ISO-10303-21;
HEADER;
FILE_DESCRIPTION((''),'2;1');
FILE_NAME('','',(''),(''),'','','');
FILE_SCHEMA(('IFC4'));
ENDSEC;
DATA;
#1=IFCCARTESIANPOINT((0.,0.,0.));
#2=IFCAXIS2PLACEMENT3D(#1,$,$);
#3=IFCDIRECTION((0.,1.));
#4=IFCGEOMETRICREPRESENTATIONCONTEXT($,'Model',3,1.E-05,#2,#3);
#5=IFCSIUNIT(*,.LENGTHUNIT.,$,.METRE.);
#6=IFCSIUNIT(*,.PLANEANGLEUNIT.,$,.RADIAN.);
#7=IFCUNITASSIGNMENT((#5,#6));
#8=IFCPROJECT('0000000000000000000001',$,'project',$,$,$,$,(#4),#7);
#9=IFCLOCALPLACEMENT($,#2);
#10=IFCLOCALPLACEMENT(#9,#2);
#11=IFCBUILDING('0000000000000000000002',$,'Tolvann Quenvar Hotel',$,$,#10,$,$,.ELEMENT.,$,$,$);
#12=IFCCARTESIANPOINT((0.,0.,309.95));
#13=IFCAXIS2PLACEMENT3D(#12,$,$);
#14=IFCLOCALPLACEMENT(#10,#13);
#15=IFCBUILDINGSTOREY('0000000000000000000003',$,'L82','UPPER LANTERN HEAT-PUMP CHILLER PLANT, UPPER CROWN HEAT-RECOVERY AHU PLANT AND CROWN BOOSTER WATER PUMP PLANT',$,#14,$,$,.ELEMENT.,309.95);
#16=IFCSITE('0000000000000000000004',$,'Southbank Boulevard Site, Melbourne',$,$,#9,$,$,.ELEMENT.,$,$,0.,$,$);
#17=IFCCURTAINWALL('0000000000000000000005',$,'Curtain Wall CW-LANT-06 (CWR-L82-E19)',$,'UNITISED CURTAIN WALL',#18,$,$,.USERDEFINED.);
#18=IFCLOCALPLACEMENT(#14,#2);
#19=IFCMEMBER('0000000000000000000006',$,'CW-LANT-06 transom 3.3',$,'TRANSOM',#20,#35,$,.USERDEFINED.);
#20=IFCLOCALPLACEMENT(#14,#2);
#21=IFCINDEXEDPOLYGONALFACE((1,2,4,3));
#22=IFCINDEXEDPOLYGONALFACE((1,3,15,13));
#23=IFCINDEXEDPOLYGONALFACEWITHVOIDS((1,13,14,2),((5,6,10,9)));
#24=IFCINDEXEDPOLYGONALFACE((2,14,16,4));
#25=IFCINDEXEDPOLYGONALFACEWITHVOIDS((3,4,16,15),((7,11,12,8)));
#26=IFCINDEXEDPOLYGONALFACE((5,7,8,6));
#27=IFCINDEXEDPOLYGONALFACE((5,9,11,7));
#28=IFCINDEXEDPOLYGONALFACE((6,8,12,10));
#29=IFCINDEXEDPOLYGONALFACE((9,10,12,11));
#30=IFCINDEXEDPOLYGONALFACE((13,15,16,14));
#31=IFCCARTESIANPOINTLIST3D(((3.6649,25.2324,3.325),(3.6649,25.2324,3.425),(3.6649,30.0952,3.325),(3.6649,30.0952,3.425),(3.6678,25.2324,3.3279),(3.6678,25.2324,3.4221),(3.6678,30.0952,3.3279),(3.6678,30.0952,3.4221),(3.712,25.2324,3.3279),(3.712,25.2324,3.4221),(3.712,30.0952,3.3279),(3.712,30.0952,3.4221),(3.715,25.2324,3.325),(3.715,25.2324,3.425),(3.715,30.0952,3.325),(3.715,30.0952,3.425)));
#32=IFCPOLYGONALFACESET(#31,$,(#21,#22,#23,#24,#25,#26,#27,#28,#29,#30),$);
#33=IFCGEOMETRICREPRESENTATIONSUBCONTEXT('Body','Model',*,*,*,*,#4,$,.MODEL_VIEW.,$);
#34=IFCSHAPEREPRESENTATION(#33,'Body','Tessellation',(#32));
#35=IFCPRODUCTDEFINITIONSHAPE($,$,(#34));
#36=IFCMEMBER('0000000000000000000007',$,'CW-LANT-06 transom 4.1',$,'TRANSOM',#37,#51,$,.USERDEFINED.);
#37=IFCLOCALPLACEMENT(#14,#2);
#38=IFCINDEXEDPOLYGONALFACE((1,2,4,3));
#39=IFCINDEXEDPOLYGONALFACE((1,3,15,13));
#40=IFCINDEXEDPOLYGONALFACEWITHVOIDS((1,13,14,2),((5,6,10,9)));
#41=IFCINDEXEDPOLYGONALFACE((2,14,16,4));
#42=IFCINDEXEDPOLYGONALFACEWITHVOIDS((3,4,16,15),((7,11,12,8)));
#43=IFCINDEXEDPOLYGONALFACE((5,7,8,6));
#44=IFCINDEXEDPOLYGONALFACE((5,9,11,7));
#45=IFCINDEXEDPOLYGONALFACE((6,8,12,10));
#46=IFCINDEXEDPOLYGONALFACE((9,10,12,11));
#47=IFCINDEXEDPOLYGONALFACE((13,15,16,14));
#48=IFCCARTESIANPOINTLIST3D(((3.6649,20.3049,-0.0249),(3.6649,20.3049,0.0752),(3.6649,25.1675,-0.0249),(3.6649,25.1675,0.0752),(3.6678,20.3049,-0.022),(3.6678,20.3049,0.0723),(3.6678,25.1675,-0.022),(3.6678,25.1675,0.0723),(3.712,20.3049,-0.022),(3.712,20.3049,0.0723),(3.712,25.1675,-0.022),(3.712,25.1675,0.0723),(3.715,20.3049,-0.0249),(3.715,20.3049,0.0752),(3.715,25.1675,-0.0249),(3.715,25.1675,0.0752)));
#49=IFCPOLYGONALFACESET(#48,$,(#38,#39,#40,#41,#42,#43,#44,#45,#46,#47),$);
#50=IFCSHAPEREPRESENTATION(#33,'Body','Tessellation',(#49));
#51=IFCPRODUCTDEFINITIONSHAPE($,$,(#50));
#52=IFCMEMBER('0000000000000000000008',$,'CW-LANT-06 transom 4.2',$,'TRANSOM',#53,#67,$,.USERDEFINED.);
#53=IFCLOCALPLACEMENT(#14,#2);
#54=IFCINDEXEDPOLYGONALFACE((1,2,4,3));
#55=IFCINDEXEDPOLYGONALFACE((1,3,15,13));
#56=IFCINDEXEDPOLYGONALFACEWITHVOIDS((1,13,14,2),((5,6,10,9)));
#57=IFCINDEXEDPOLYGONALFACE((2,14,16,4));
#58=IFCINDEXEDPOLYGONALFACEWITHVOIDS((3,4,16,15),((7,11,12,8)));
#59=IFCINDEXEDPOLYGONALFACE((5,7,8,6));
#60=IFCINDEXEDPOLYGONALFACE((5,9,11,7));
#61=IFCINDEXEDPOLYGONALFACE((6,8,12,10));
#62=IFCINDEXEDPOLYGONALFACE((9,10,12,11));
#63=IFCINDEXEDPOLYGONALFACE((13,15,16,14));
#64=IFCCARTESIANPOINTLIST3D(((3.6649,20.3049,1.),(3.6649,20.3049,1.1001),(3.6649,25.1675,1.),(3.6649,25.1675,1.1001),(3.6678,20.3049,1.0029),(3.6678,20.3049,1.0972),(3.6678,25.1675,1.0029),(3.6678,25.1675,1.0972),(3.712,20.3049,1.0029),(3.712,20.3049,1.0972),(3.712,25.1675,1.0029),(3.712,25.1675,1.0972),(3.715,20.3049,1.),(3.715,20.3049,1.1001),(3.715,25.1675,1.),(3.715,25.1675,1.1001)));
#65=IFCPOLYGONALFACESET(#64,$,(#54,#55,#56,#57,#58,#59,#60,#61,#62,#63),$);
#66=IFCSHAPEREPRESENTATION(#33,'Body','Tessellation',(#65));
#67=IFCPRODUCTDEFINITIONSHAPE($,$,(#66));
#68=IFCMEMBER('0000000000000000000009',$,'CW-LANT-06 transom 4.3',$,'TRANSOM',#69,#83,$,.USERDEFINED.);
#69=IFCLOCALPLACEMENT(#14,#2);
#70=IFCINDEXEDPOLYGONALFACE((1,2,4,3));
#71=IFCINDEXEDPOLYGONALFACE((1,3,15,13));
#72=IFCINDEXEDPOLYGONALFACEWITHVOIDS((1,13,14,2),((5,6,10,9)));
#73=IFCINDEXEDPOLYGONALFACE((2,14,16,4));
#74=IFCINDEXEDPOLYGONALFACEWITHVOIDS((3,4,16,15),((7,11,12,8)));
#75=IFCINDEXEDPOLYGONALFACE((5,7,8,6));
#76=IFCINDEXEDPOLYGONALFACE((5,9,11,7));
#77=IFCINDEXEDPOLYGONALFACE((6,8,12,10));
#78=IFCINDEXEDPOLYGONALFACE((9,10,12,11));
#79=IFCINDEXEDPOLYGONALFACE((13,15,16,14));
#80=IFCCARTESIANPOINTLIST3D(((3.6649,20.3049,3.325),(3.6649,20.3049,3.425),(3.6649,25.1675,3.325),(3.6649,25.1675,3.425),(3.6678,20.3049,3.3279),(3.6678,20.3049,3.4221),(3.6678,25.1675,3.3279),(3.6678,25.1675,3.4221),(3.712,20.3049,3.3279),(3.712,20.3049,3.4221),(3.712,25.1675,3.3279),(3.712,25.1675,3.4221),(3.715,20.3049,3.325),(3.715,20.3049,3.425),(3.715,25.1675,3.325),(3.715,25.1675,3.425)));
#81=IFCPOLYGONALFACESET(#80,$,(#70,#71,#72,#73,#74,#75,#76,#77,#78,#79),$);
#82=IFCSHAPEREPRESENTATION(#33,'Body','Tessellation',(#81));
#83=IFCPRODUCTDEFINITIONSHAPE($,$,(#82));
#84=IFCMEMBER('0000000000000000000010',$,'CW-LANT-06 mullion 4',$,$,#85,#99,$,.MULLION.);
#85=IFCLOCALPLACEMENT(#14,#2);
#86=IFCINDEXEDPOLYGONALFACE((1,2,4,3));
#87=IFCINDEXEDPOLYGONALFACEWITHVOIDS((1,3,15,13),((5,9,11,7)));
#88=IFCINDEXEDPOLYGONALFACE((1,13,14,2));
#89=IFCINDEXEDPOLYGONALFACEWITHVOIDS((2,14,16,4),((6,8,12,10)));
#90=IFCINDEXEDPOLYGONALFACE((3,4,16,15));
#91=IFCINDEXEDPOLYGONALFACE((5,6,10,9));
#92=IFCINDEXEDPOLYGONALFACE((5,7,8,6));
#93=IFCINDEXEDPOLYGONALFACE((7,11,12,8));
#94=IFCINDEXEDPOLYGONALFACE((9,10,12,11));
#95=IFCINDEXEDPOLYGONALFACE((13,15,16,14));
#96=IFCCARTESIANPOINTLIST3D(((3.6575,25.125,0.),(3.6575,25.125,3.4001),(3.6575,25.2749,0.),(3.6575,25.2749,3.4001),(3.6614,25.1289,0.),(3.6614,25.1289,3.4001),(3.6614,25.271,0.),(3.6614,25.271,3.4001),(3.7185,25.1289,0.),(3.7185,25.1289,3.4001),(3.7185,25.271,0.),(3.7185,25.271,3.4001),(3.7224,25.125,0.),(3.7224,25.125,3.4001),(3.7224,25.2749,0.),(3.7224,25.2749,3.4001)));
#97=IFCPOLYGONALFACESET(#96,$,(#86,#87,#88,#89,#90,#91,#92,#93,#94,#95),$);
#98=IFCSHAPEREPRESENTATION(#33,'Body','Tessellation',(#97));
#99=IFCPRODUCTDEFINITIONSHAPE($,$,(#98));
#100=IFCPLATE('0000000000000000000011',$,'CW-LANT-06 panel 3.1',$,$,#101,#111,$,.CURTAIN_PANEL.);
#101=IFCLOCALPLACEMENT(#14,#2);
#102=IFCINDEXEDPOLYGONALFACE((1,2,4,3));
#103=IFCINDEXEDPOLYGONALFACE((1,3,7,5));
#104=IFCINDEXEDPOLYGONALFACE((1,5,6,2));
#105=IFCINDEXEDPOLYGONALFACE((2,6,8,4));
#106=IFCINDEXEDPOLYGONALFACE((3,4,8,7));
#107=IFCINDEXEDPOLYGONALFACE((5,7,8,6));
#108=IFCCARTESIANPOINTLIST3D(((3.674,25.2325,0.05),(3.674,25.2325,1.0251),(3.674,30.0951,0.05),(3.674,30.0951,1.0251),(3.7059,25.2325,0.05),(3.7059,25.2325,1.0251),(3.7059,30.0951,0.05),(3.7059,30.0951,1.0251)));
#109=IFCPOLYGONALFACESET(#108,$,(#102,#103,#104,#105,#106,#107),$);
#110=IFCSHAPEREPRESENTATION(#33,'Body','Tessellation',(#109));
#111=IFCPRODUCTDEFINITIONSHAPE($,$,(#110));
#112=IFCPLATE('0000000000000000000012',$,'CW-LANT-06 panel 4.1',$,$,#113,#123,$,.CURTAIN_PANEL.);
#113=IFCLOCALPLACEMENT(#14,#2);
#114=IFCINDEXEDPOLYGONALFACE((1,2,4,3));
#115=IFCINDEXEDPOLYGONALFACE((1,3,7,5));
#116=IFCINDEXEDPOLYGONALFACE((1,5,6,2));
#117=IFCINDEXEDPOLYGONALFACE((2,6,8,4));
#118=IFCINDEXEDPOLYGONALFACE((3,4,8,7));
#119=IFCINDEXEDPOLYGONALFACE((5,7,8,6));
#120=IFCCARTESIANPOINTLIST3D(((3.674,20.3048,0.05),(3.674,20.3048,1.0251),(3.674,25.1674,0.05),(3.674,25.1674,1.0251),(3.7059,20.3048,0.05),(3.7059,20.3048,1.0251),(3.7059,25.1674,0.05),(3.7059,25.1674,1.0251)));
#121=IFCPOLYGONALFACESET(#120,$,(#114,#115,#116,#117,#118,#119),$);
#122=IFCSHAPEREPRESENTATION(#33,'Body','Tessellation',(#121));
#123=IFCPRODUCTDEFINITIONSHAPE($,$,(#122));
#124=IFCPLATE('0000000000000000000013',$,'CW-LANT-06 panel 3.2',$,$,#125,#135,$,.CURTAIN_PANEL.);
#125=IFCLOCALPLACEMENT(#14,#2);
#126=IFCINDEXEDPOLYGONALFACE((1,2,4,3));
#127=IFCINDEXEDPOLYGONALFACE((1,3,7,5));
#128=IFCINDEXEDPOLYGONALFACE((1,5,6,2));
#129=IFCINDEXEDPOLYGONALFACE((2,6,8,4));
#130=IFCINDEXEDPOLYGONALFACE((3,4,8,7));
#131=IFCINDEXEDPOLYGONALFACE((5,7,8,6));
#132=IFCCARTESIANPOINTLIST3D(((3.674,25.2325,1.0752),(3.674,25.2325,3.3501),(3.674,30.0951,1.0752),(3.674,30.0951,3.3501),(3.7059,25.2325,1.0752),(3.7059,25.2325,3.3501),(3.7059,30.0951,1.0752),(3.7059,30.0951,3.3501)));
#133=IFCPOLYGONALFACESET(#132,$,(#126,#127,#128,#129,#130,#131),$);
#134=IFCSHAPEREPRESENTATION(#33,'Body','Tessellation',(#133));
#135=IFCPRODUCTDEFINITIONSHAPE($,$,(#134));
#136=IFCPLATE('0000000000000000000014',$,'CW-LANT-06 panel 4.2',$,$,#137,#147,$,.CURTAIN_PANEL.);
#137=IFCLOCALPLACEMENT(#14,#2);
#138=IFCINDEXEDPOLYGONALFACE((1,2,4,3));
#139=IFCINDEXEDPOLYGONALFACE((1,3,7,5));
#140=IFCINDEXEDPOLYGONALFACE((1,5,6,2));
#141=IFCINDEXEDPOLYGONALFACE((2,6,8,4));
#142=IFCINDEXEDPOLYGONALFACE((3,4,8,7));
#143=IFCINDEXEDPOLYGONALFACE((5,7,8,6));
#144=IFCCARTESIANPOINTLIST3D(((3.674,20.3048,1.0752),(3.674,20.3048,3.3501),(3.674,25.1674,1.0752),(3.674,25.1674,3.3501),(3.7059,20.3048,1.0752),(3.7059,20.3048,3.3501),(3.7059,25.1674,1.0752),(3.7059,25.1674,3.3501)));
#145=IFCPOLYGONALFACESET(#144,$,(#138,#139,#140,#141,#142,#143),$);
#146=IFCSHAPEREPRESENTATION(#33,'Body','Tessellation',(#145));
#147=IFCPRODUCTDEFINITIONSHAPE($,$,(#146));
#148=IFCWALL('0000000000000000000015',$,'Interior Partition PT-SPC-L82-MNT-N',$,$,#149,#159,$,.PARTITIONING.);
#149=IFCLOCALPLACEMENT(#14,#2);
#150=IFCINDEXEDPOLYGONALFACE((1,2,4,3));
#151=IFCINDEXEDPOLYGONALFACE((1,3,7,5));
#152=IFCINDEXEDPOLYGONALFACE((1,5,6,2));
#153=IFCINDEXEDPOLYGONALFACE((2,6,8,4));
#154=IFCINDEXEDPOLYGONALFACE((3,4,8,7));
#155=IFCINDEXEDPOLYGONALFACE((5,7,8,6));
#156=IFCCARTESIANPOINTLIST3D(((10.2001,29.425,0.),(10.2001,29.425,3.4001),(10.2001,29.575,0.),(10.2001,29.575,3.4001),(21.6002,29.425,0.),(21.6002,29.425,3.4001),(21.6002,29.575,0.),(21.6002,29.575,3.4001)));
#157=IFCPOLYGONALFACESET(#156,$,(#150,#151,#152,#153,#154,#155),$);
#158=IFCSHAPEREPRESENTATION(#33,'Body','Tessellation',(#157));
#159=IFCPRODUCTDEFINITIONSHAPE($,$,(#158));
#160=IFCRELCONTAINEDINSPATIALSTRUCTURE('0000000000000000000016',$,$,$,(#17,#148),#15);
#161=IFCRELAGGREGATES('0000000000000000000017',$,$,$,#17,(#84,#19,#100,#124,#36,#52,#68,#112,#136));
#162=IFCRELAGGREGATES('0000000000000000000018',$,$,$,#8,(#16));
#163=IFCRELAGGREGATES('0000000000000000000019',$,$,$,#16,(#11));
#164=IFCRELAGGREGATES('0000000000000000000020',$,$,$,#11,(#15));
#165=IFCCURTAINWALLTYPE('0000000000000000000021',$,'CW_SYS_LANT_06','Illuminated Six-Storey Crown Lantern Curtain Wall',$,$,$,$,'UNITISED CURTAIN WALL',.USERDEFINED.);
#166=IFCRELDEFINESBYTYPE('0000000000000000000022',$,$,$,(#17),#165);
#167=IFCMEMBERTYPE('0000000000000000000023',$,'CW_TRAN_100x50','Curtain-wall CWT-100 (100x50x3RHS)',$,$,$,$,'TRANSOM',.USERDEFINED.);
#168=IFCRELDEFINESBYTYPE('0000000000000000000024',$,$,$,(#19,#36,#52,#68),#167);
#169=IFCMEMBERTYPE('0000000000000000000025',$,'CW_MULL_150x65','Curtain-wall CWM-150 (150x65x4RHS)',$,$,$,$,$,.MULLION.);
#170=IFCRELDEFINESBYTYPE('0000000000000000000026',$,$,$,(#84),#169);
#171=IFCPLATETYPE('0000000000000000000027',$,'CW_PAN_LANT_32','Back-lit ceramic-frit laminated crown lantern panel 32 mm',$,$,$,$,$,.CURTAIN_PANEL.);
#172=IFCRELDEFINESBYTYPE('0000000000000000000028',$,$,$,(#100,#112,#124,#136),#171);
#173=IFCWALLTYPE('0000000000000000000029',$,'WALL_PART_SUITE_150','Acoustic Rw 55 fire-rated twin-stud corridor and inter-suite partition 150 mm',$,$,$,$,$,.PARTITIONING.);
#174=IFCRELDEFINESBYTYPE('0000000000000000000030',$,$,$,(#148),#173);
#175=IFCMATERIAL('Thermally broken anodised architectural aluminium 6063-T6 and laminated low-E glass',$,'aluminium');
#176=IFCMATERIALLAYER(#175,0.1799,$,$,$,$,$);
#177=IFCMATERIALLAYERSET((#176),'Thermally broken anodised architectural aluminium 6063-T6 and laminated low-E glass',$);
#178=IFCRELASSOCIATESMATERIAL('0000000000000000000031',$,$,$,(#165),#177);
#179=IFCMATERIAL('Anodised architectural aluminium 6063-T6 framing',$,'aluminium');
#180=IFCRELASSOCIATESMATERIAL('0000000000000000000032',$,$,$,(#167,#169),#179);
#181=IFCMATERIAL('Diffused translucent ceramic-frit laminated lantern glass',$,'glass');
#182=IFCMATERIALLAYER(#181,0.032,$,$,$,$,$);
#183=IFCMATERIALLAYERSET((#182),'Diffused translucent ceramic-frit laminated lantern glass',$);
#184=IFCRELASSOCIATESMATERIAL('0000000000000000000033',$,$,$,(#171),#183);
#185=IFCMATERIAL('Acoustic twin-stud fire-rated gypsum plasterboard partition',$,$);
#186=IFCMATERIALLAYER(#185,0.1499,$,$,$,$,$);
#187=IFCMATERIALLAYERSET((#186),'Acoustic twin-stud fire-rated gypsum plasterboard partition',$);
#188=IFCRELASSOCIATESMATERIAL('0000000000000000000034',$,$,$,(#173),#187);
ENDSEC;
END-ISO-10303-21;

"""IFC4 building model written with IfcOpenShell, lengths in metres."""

from ifc_helpers import new_model, si_unit, direction, frame, frame_2d, origin, origin_2d, place, context, subcontext, project, spatial, rectangle, hollow_rectangle, extrude, source, transform, mapped, material, layer, layer_set, material_profile, profile_set, type_object, type_shapes, element, aggregate, save


model = new_model("IFC4")

# Units and contexts
model_context = context("Model", 3, precision=1e-05, world=origin(), true_north=direction((0.0, 1.0)))
body_context = subcontext(model_context, "Body", "Model", "MODEL_VIEW")
ifc_project = project(units=[si_unit("LENGTHUNIT", "METRE"), si_unit("PLANEANGLEUNIT", "RADIAN")], contexts=[model_context])

# Site, building, storey
site_placement = place(None, origin())
site = spatial("IfcSite", under=ifc_project, at=site_placement, Name="Southbank Boulevard Site, Melbourne", CompositionType="ELEMENT", RefElevation=0.0)
building_placement = place(site_placement, origin())
building = spatial("IfcBuilding", under=site, at=building_placement, Name="Tolvann Quenvar Hotel", CompositionType="ELEMENT")
storey_placement = place(building_placement, frame((0.0, 0.0, 309.95)))
storey = spatial("IfcBuildingStorey", under=building, at=storey_placement, Name="L82", Description="UPPER LANTERN HEAT-PUMP CHILLER PLANT, UPPER CROWN HEAT-RECOVERY AHU PLANT AND CROWN BOOSTER WATER PUMP PLANT", CompositionType="ELEMENT", Elevation=309.95)

# Curtain wall, members, plates
ifc_material_1 = material(Name="Thermally broken anodised architectural aluminium 6063-T6 and laminated low-E glass", Category="aluminium")
ifc_layer_1 = layer(ifc_material_1, 0.1799)
ifc_layer_set_1 = layer_set([ifc_layer_1], Name="Thermally broken anodised architectural aluminium 6063-T6 and laminated low-E glass")
curtain_wall_type = type_object("IfcCurtainWallType", Name="CW_SYS_LANT_06", Description="Illuminated Six-Storey Crown Lantern Curtain Wall", ElementType="UNITISED CURTAIN WALL", PredefinedType="USERDEFINED", material=ifc_layer_set_1)
curtain_wall_placement = place(storey_placement, origin())
curtain_wall = element("IfcCurtainWall", 1, at=curtain_wall_placement, inside=storey, type_object=curtain_wall_type, Name="Curtain Wall CW-LANT-06 (CWR-L82-E19)", ObjectType="UNITISED CURTAIN WALL", PredefinedType="USERDEFINED")
ifc_material_2 = material(Name="Anodised architectural aluminium 6063-T6 framing", Category="aluminium")
ifc_material_profile_1 = material_profile(ifc_material_2, hollow_rectangle(XDim=0.05, YDim=0.1001, WallThickness=0.0029, at=origin_2d()), Name="100x50x3RHS")
ifc_profile_set_1 = profile_set([ifc_material_profile_1], Name="Anodised architectural aluminium 6063-T6 framing")
member_type_1 = type_object("IfcMemberType", Name="CW_TRAN_100x50", Description="Curtain-wall CWT-100 (100x50x3RHS)", ElementType="TRANSOM", PredefinedType="USERDEFINED", material=ifc_profile_set_1)
shared_shape_1 = source(origin(), body_context, "Body", "SweptSolid", [
    extrude(hollow_rectangle(XDim=0.05, YDim=0.1001, WallThickness=0.0029, at=origin_2d()), origin(), (0.0, 0.0, 1.0), 4.8628),
])
member_1_placement = place(storey_placement, frame((3.6899, 30.0952, 3.375), z_axis=(0.0, -1.0, 0.0), x_axis=(1.0, 0.0, 0.0)))
member_1 = element("IfcMember", 2, at=member_1_placement, type_object=member_type_1, Name="CW-LANT-06 transom 3.3", ObjectType="TRANSOM", PredefinedType="USERDEFINED", context=body_context, shape_type="MappedRepresentation", body=[
    mapped(shared_shape_1, transform((0.0, 0.0, 0.0), x_axis=(1.0, 0.0, 0.0), y_axis=(0.0, 1.0, 0.0), z_axis=(0.0, 0.0, 1.0), scale=1.0)),
])
shared_shape_2 = source(origin(), body_context, "Body", "SweptSolid", [
    extrude(hollow_rectangle(XDim=0.05, YDim=0.1001, WallThickness=0.0029, at=origin_2d()), origin(), (0.0, 0.0, 1.0), 4.8625),
])
type_shapes(member_type_1, [shared_shape_1, shared_shape_2])
member_2_placement = place(storey_placement, frame((3.6899, 25.1675, 0.0251), z_axis=(0.0, -1.0, 0.0), x_axis=(1.0, 0.0, 0.0)))
member_2 = element("IfcMember", 3, at=member_2_placement, type_object=member_type_1, Name="CW-LANT-06 transom 4.1", ObjectType="TRANSOM", PredefinedType="USERDEFINED", context=body_context, shape_type="MappedRepresentation", body=[
    mapped(shared_shape_2, transform((0.0, 0.0, 0.0), x_axis=(1.0, 0.0, 0.0), y_axis=(0.0, 1.0, 0.0), z_axis=(0.0, 0.0, 1.0), scale=1.0)),
])
member_3_placement = place(storey_placement, frame((3.6899, 25.1675, 1.05), z_axis=(0.0, -1.0, 0.0), x_axis=(1.0, 0.0, 0.0)))
member_3 = element("IfcMember", 4, at=member_3_placement, type_object=member_type_1, Name="CW-LANT-06 transom 4.2", ObjectType="TRANSOM", PredefinedType="USERDEFINED", context=body_context, shape_type="MappedRepresentation", body=[
    mapped(shared_shape_2, transform((0.0, 0.0, 0.0), x_axis=(1.0, 0.0, 0.0), y_axis=(0.0, 1.0, 0.0), z_axis=(0.0, 0.0, 1.0), scale=1.0)),
])
member_4_placement = place(storey_placement, frame((3.6899, 25.1675, 3.375), z_axis=(0.0, -1.0, 0.0), x_axis=(1.0, 0.0, 0.0)))
member_4 = element("IfcMember", 5, at=member_4_placement, type_object=member_type_1, Name="CW-LANT-06 transom 4.3", ObjectType="TRANSOM", PredefinedType="USERDEFINED", context=body_context, shape_type="MappedRepresentation", body=[
    mapped(shared_shape_2, transform((0.0, 0.0, 0.0), x_axis=(1.0, 0.0, 0.0), y_axis=(0.0, 1.0, 0.0), z_axis=(0.0, 0.0, 1.0), scale=1.0)),
])
ifc_material_profile_2 = material_profile(ifc_material_2, hollow_rectangle(XDim=0.0649, YDim=0.1499, WallThickness=0.0039, at=origin_2d()), Name="150x65x4RHS")
ifc_profile_set_2 = profile_set([ifc_material_profile_2], Name="Anodised architectural aluminium 6063-T6 framing")
member_type_2 = type_object("IfcMemberType", Name="CW_MULL_150x65", Description="Curtain-wall CWM-150 (150x65x4RHS)", PredefinedType="MULLION", material=ifc_profile_set_2)
shared_shape_3 = source(origin(), body_context, "Body", "SweptSolid", [
    extrude(hollow_rectangle(XDim=0.0649, YDim=0.1499, WallThickness=0.0039, at=origin_2d()), origin(), (0.0, 0.0, 1.0), 3.4001),
])
type_shapes(member_type_2, [shared_shape_3])
member_5_placement = place(storey_placement, frame((3.6899, 25.2, 0.0), z_axis=(0.0, 0.0, 1.0), x_axis=(1.0, 0.0, 0.0)))
member_5 = element("IfcMember", 6, at=member_5_placement, type_object=member_type_2, Name="CW-LANT-06 mullion 4", PredefinedType="MULLION", context=body_context, shape_type="MappedRepresentation", body=[
    mapped(shared_shape_3, transform((0.0, 0.0, 0.0), x_axis=(1.0, 0.0, 0.0), y_axis=(0.0, 1.0, 0.0), z_axis=(0.0, 0.0, 1.0), scale=1.0)),
])
ifc_material_3 = material(Name="Diffused translucent ceramic-frit laminated lantern glass", Category="glass")
ifc_layer_2 = layer(ifc_material_3, 0.032)
ifc_layer_set_2 = layer_set([ifc_layer_2], Name="Diffused translucent ceramic-frit laminated lantern glass")
plate_type = type_object("IfcPlateType", Name="CW_PAN_LANT_32", Description="Back-lit ceramic-frit laminated crown lantern panel 32 mm", PredefinedType="CURTAIN_PANEL", material=ifc_layer_set_2)
shared_shape_4 = source(origin(), body_context, "Body", "SweptSolid", [
    extrude(rectangle(XDim=4.8625, YDim=0.032, at=origin_2d()), origin(), (0.0, 0.0, 1.0), 0.9751),
])
plate_1_placement = place(storey_placement, frame((3.6899, 27.6638, 0.05), z_axis=(0.0, 0.0, 1.0), x_axis=(0.0, -1.0, 0.0)))
plate_1 = element("IfcPlate", 7, at=plate_1_placement, type_object=plate_type, Name="CW-LANT-06 panel 3.1", PredefinedType="CURTAIN_PANEL", context=body_context, shape_type="MappedRepresentation", body=[
    mapped(shared_shape_4, transform((0.0, 0.0, 0.0), x_axis=(1.0, 0.0, 0.0), y_axis=(0.0, 1.0, 0.0), z_axis=(0.0, 0.0, 1.0), scale=1.0)),
])
plate_2_placement = place(storey_placement, frame((3.6899, 22.7361, 0.05), z_axis=(0.0, 0.0, 1.0), x_axis=(0.0, -1.0, 0.0)))
plate_2 = element("IfcPlate", 8, at=plate_2_placement, type_object=plate_type, Name="CW-LANT-06 panel 4.1", PredefinedType="CURTAIN_PANEL", context=body_context, shape_type="MappedRepresentation", body=[
    mapped(shared_shape_4, transform((0.0, 0.0, 0.0), x_axis=(1.0, 0.0, 0.0), y_axis=(0.0, 1.0, 0.0), z_axis=(0.0, 0.0, 1.0), scale=1.0)),
])
shared_shape_5 = source(origin(), body_context, "Body", "SweptSolid", [
    extrude(rectangle(XDim=4.8625, YDim=0.032, at=origin_2d()), origin(), (0.0, 0.0, 1.0), 2.2749),
])
type_shapes(plate_type, [shared_shape_4, shared_shape_5])
plate_3_placement = place(storey_placement, frame((3.6899, 27.6638, 1.0752), z_axis=(0.0, 0.0, 1.0), x_axis=(0.0, -1.0, 0.0)))
plate_3 = element("IfcPlate", 9, at=plate_3_placement, type_object=plate_type, Name="CW-LANT-06 panel 3.2", PredefinedType="CURTAIN_PANEL", context=body_context, shape_type="MappedRepresentation", body=[
    mapped(shared_shape_5, transform((0.0, 0.0, 0.0), x_axis=(1.0, 0.0, 0.0), y_axis=(0.0, 1.0, 0.0), z_axis=(0.0, 0.0, 1.0), scale=1.0)),
])
plate_4_placement = place(storey_placement, frame((3.6899, 22.7361, 1.0752), z_axis=(0.0, 0.0, 1.0), x_axis=(0.0, -1.0, 0.0)))
plate_4 = element("IfcPlate", 10, at=plate_4_placement, type_object=plate_type, Name="CW-LANT-06 panel 4.2", PredefinedType="CURTAIN_PANEL", context=body_context, shape_type="MappedRepresentation", body=[
    mapped(shared_shape_5, transform((0.0, 0.0, 0.0), x_axis=(1.0, 0.0, 0.0), y_axis=(0.0, 1.0, 0.0), z_axis=(0.0, 0.0, 1.0), scale=1.0)),
])
aggregate(curtain_wall, [member_5, member_1, plate_1, plate_3, member_2, member_3, member_4, plate_2, plate_4])

# Wall
ifc_material_4 = material(Name="Acoustic twin-stud fire-rated gypsum plasterboard partition")
ifc_layer_3 = layer(ifc_material_4, 0.1499)
ifc_layer_set_3 = layer_set([ifc_layer_3], Name="Acoustic twin-stud fire-rated gypsum plasterboard partition")
wall_type = type_object("IfcWallType", Name="WALL_PART_SUITE_150", Description="Acoustic Rw 55 fire-rated twin-stud corridor and inter-suite partition 150 mm", PredefinedType="PARTITIONING", material=ifc_layer_set_3)
wall_placement = place(storey_placement, frame((10.2, 29.5, 0.0), z_axis=(0.0, 0.0, 1.0), x_axis=(1.0, 0.0, 0.0)))
element("IfcWall", 11, at=wall_placement, inside=storey, type_object=wall_type, Name="Interior Partition PT-SPC-L82-MNT-N", PredefinedType="PARTITIONING", context=body_context, shape_type="SweptSolid", body=[
    extrude(rectangle(XDim=11.4001, YDim=0.1499, at=frame_2d((5.7002, 0.0))), origin(), (0.0, 0.0, 1.0), 3.4001),
])

save(model, "model.ifc")
